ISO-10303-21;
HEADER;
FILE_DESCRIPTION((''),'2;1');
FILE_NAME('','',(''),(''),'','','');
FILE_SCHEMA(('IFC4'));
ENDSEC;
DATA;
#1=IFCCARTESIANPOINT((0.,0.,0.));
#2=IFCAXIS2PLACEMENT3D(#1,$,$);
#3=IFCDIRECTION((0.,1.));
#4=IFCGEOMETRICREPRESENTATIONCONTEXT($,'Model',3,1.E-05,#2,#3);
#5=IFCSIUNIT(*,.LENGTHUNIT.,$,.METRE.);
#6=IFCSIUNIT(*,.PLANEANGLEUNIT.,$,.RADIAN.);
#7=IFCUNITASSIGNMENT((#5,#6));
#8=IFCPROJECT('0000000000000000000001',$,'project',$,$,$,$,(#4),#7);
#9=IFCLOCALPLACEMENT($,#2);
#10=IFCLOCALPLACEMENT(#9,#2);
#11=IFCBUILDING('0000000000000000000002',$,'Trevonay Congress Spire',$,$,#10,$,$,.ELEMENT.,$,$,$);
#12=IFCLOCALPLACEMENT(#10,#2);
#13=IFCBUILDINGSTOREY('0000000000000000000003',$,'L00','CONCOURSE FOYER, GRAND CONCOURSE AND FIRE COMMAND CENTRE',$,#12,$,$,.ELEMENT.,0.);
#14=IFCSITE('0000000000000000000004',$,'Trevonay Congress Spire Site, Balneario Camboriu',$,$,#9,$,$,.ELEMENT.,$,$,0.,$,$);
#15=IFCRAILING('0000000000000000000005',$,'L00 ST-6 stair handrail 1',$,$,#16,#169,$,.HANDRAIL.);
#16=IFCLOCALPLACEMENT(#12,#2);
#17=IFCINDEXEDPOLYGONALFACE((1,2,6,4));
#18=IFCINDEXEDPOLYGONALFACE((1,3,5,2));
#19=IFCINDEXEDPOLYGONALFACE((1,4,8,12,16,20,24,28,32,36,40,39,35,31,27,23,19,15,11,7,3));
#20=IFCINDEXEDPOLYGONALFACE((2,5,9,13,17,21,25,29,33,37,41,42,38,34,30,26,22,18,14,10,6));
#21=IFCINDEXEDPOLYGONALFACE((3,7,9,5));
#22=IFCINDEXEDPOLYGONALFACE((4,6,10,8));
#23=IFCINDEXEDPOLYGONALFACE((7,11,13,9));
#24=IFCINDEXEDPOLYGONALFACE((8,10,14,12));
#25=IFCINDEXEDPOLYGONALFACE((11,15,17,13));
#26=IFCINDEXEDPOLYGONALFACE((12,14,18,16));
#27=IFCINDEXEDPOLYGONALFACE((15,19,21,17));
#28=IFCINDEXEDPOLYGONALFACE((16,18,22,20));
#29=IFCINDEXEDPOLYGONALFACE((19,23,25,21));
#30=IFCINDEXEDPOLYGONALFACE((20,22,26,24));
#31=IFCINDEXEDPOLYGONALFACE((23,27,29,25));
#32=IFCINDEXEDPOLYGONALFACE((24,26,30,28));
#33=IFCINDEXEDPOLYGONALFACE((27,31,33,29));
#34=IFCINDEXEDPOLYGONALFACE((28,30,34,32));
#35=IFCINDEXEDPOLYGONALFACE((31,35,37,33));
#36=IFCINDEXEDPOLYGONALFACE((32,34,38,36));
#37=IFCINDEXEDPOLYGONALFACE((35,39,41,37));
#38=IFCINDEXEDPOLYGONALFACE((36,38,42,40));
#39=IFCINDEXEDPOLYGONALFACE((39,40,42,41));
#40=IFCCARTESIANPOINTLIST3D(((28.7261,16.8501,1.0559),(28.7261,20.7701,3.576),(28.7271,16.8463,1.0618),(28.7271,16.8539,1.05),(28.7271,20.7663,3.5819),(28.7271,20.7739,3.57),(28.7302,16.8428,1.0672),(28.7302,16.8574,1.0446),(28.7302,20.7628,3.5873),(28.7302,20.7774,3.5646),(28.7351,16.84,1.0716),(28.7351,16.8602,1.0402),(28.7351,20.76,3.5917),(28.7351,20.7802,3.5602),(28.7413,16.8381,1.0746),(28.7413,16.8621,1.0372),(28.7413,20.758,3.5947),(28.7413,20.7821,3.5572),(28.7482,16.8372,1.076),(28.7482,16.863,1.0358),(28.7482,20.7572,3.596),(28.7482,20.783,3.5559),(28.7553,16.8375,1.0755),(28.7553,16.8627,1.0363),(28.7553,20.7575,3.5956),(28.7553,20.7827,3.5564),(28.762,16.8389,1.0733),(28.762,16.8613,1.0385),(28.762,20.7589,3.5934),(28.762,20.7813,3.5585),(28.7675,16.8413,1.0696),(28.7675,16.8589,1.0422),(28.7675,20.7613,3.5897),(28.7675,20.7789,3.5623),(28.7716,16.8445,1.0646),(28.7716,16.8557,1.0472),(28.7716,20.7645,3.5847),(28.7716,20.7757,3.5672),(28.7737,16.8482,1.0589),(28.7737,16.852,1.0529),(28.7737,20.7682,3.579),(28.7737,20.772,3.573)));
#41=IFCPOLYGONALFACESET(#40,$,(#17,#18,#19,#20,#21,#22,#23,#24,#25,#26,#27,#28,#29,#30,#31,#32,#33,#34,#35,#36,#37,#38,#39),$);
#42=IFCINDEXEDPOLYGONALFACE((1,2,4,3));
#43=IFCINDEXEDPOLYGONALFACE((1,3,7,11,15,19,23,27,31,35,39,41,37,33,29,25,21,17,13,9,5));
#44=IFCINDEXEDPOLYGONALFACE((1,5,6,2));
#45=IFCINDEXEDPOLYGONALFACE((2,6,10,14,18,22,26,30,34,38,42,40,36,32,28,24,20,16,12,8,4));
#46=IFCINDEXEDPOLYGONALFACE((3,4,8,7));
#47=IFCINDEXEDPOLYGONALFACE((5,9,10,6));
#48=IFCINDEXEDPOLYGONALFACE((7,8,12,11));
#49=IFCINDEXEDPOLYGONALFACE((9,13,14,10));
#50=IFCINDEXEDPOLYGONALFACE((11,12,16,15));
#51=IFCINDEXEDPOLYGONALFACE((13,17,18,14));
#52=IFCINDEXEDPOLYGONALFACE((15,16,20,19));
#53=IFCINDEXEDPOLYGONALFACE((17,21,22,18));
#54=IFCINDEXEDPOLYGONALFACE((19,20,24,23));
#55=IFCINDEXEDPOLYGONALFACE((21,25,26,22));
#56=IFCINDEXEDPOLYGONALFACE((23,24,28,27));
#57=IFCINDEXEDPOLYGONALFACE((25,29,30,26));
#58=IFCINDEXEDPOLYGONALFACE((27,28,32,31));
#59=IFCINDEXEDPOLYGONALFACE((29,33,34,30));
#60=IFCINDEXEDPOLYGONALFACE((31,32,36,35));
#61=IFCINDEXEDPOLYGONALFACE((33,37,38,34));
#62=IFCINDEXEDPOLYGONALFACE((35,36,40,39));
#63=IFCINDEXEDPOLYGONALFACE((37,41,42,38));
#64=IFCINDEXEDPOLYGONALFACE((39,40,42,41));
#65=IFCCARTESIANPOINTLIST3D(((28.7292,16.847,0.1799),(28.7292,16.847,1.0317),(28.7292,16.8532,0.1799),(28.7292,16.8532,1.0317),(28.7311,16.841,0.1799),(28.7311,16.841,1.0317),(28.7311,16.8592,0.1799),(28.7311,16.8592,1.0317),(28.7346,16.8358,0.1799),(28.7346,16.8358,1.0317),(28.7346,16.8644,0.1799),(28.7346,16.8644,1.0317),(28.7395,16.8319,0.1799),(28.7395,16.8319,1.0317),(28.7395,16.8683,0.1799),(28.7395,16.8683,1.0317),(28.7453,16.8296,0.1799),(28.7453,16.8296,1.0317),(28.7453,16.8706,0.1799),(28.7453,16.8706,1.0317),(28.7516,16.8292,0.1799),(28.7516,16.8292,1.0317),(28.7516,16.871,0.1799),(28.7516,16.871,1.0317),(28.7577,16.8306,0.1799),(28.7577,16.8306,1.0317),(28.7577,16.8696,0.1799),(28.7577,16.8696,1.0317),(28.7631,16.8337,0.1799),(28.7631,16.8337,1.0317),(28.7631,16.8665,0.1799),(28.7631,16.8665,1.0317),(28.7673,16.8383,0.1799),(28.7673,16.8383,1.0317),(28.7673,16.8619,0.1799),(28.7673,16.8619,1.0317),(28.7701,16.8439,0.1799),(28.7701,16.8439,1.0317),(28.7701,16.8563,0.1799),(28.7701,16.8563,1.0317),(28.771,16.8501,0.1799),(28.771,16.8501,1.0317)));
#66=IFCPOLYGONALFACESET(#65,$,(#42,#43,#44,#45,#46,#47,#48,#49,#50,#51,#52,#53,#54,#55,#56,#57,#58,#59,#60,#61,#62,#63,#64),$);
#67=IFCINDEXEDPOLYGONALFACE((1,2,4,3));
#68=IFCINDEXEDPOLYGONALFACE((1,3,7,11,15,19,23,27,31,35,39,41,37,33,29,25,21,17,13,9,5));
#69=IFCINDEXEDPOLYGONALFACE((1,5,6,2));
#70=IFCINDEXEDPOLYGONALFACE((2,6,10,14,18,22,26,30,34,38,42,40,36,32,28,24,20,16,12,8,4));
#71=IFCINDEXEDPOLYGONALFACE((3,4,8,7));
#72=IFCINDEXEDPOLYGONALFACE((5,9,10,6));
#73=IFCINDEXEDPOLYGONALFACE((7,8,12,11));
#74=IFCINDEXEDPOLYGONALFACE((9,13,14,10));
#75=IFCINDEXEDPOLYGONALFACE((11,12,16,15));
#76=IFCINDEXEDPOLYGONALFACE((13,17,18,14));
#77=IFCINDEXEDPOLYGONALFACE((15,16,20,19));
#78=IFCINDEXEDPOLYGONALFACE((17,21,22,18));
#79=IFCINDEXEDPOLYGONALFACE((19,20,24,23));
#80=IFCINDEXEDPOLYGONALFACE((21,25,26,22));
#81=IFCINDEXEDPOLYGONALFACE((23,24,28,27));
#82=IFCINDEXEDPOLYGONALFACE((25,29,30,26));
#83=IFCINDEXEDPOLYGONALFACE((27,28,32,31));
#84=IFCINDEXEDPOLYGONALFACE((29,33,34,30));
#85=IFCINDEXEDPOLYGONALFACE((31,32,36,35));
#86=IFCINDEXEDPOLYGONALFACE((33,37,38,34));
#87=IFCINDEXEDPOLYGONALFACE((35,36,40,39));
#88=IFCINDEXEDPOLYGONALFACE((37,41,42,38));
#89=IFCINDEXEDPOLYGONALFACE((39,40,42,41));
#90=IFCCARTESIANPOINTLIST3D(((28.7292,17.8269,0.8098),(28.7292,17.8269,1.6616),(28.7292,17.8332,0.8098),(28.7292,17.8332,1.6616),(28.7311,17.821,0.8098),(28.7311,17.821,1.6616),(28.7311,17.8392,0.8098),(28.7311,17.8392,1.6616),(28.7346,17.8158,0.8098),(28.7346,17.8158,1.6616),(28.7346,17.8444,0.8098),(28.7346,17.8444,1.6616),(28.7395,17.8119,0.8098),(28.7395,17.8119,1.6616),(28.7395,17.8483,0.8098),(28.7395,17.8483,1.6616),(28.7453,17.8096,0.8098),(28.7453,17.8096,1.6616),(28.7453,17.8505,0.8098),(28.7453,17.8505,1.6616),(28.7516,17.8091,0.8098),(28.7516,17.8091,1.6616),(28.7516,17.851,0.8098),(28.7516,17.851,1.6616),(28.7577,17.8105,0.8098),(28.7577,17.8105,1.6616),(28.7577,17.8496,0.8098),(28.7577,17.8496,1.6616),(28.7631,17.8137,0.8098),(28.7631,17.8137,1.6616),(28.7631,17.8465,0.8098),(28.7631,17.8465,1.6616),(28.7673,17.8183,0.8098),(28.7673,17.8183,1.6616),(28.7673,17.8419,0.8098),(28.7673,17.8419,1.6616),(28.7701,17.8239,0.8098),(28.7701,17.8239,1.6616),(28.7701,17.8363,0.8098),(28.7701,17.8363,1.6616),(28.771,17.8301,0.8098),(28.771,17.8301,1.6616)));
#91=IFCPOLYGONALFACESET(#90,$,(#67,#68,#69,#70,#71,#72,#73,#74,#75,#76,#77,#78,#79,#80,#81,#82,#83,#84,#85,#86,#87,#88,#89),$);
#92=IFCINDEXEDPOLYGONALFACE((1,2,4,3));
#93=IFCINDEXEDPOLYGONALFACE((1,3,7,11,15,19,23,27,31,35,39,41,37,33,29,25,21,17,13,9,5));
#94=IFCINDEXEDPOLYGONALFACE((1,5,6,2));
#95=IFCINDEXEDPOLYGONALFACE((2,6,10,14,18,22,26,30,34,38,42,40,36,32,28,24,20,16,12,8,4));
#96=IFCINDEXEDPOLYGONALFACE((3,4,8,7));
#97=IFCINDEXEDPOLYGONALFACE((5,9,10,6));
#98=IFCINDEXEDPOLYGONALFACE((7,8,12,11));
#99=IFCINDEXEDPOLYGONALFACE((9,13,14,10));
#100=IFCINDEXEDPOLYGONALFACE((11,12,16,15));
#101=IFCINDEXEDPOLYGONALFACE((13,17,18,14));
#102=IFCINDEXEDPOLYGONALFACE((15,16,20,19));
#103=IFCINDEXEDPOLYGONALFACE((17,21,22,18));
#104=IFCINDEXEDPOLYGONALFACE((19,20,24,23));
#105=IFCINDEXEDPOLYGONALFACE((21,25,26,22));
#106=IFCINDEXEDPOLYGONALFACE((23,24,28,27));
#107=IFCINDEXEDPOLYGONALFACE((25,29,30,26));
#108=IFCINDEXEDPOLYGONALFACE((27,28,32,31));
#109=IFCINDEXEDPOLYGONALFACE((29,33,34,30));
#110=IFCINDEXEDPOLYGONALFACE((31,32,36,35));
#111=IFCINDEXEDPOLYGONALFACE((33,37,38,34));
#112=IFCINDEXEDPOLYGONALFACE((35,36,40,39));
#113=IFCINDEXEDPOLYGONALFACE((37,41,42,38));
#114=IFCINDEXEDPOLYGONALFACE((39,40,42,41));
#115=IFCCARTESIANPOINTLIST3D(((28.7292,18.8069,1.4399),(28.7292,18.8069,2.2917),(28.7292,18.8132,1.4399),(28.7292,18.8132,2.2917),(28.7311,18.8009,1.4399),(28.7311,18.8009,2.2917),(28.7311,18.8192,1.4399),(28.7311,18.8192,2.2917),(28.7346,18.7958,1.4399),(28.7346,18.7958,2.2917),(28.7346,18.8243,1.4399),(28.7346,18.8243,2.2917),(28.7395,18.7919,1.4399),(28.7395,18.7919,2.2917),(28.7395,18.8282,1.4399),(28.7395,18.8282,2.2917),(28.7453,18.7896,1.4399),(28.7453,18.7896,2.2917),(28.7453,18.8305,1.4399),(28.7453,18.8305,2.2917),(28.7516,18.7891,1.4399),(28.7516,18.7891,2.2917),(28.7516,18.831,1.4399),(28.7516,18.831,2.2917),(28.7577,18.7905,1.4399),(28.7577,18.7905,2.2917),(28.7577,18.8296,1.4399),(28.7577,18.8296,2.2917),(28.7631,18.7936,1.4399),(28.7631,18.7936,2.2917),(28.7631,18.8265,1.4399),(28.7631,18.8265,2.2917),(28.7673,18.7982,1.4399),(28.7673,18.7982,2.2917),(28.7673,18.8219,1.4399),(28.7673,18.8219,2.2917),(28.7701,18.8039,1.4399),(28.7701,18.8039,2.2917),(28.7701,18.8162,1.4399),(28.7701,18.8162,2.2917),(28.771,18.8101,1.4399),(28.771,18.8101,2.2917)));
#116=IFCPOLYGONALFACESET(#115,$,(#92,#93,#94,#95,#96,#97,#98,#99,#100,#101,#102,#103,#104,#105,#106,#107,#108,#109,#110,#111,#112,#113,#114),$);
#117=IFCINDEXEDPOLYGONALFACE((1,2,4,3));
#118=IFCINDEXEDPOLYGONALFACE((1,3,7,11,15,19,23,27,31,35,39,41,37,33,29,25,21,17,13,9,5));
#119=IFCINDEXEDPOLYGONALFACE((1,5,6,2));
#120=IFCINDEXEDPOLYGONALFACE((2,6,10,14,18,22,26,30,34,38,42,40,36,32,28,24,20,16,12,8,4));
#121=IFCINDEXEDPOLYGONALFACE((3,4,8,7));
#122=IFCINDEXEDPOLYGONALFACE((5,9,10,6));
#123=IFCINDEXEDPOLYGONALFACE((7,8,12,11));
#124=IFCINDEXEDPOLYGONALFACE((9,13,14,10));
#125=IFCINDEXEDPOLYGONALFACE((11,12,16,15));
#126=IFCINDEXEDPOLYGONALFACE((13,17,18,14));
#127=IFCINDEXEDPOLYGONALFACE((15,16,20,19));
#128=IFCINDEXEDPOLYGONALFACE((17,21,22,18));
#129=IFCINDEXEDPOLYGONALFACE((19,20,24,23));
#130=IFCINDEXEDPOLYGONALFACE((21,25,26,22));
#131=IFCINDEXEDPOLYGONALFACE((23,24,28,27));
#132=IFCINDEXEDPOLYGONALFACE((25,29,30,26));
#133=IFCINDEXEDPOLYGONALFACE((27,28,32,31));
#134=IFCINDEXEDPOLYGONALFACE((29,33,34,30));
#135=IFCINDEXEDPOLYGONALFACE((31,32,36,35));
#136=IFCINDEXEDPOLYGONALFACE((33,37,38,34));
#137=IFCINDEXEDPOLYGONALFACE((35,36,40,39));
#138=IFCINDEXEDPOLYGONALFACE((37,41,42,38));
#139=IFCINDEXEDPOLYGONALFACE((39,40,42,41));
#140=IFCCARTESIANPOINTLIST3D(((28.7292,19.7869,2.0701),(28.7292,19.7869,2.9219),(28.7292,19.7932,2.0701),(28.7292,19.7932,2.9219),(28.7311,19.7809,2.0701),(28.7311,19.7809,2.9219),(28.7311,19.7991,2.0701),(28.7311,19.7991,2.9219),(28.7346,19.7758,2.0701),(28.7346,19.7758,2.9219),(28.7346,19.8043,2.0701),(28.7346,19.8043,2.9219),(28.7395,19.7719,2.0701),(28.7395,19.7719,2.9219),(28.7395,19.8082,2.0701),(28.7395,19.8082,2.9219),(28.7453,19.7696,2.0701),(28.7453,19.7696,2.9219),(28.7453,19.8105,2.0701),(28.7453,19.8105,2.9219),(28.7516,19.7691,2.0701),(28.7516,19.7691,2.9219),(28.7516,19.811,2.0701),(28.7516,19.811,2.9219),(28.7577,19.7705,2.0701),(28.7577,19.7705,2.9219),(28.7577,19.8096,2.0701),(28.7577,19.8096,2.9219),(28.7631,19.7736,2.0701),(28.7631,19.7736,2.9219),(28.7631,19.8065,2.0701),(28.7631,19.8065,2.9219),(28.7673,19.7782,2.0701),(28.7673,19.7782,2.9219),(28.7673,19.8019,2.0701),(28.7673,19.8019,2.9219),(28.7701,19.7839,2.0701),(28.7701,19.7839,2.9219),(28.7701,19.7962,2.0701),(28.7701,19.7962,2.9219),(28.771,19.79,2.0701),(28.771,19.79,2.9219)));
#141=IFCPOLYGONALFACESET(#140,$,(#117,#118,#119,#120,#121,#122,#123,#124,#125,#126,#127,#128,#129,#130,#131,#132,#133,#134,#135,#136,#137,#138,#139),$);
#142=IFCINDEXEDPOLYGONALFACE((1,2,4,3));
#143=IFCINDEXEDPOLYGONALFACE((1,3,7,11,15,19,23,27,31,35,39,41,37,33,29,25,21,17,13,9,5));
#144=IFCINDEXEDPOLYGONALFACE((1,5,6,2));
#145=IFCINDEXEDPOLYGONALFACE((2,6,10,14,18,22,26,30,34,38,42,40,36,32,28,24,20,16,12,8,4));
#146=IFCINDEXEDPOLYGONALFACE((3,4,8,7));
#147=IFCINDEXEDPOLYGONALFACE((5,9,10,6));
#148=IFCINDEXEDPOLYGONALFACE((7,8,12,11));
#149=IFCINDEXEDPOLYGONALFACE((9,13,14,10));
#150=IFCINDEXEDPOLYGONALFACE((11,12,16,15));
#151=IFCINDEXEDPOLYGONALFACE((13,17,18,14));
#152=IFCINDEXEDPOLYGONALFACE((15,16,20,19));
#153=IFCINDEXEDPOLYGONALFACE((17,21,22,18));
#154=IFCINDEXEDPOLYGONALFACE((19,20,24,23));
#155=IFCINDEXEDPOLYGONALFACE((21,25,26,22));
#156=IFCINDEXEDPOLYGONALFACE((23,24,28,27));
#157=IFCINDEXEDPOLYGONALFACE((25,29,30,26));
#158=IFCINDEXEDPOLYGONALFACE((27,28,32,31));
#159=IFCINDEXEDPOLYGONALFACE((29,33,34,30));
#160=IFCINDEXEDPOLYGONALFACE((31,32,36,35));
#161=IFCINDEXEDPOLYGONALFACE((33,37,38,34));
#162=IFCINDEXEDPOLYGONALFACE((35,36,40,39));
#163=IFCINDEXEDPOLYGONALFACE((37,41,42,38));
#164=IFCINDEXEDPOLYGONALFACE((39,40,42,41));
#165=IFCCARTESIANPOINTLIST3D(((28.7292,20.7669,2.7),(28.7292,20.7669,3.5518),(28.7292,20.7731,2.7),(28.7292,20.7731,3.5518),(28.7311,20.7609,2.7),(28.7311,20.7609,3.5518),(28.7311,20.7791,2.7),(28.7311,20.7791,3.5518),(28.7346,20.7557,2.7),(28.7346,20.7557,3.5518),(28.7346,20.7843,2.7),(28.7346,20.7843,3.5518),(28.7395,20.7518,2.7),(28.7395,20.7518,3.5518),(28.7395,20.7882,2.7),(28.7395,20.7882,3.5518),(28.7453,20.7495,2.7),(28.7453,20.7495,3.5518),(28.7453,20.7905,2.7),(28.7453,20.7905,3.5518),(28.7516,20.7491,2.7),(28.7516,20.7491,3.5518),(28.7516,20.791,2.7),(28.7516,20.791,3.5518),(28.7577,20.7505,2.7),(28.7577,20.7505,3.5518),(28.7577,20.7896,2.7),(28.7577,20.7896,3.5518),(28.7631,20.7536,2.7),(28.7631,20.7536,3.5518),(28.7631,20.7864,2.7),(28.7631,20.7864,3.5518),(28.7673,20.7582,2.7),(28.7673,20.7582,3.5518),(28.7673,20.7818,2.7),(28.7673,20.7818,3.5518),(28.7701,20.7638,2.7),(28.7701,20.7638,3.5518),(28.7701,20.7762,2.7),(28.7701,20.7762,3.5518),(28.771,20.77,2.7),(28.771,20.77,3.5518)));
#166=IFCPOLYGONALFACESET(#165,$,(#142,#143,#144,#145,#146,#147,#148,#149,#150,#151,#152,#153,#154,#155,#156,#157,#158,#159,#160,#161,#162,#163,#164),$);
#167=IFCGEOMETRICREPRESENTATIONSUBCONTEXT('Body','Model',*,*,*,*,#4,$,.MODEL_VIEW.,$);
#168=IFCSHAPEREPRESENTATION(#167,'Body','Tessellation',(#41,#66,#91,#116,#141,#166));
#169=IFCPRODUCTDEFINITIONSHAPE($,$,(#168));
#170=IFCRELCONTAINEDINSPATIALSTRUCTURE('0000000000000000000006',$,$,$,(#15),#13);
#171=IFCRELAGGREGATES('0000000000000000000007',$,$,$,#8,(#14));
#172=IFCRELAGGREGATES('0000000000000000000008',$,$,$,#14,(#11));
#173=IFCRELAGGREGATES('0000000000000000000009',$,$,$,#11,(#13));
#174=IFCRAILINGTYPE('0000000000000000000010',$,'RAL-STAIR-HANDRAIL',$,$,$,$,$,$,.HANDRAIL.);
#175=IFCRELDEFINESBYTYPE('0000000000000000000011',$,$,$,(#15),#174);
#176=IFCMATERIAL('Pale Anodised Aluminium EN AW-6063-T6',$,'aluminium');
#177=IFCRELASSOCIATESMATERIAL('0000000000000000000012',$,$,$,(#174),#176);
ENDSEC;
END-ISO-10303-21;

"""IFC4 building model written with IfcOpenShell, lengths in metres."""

from ifc_helpers import new_model, si_unit, direction, frame, origin, origin_2d, place, context, subcontext, project, spatial, circle, extrude, material, type_object, element, save


model = new_model("IFC4")

# Units and contexts
model_context = context("Model", 3, precision=1e-05, world=origin(), true_north=direction((0.0, 1.0)))
body_context = subcontext(model_context, "Body", "Model", "MODEL_VIEW")
ifc_project = project(units=[si_unit("LENGTHUNIT", "METRE"), si_unit("PLANEANGLEUNIT", "RADIAN")], contexts=[model_context])

# Site, building, storey
site_placement = place(None, origin())
site = spatial("IfcSite", under=ifc_project, at=site_placement, Name="Trevonay Congress Spire Site, Balneario Camboriu", CompositionType="ELEMENT", RefElevation=0.0)
building_placement = place(site_placement, origin())
building = spatial("IfcBuilding", under=site, at=building_placement, Name="Trevonay Congress Spire", CompositionType="ELEMENT")
storey_placement = place(building_placement, origin())
storey = spatial("IfcBuildingStorey", under=building, at=storey_placement, Name="L00", Description="CONCOURSE FOYER, GRAND CONCOURSE AND FIRE COMMAND CENTRE", CompositionType="ELEMENT", Elevation=0.0)

# Shared definitions
ifc_material_1 = material(Name="Pale Anodised Aluminium EN AW-6063-T6", Category="aluminium")

# Railing
railing_type_1 = type_object("IfcRailingType", Name="RAL-STAIR-HANDRAIL", PredefinedType="HANDRAIL", material=ifc_material_1)
railing_1_placement = place(storey_placement, frame((28.75, 16.8501, 0.1799)))
element("IfcRailing", 1, at=railing_1_placement, inside=storey, type_object=railing_type_1, Name="L00 ST-6 stair handrail 1", PredefinedType="HANDRAIL", context=body_context, shape_type="SweptSolid", body=[
    extrude(circle(Radius=0.0239, at=origin_2d()), frame((0.0, 0.0, 0.876), z_axis=(0.0, 0.841172, 0.540768), x_axis=(-1.0, 0.0, 0.0)), (0.0, 0.0, 1.0), 4.6602),
    extrude(circle(Radius=0.021, at=origin_2d()), origin(), (0.0, 0.0, 1.0), 0.8518),
    extrude(circle(Radius=0.021, at=origin_2d()), frame((0.0, 0.98, 0.6299)), (0.0, 0.0, 1.0), 0.8518),
    extrude(circle(Radius=0.021, at=origin_2d()), frame((0.0, 1.96, 1.26)), (0.0, 0.0, 1.0), 0.8518),
    extrude(circle(Radius=0.021, at=origin_2d()), frame((0.0, 2.9399, 1.8901)), (0.0, 0.0, 1.0), 0.8518),
    extrude(circle(Radius=0.021, at=origin_2d()), frame((0.0, 3.9199, 2.52)), (0.0, 0.0, 1.0), 0.8518),
])

save(model, "model.ifc")
